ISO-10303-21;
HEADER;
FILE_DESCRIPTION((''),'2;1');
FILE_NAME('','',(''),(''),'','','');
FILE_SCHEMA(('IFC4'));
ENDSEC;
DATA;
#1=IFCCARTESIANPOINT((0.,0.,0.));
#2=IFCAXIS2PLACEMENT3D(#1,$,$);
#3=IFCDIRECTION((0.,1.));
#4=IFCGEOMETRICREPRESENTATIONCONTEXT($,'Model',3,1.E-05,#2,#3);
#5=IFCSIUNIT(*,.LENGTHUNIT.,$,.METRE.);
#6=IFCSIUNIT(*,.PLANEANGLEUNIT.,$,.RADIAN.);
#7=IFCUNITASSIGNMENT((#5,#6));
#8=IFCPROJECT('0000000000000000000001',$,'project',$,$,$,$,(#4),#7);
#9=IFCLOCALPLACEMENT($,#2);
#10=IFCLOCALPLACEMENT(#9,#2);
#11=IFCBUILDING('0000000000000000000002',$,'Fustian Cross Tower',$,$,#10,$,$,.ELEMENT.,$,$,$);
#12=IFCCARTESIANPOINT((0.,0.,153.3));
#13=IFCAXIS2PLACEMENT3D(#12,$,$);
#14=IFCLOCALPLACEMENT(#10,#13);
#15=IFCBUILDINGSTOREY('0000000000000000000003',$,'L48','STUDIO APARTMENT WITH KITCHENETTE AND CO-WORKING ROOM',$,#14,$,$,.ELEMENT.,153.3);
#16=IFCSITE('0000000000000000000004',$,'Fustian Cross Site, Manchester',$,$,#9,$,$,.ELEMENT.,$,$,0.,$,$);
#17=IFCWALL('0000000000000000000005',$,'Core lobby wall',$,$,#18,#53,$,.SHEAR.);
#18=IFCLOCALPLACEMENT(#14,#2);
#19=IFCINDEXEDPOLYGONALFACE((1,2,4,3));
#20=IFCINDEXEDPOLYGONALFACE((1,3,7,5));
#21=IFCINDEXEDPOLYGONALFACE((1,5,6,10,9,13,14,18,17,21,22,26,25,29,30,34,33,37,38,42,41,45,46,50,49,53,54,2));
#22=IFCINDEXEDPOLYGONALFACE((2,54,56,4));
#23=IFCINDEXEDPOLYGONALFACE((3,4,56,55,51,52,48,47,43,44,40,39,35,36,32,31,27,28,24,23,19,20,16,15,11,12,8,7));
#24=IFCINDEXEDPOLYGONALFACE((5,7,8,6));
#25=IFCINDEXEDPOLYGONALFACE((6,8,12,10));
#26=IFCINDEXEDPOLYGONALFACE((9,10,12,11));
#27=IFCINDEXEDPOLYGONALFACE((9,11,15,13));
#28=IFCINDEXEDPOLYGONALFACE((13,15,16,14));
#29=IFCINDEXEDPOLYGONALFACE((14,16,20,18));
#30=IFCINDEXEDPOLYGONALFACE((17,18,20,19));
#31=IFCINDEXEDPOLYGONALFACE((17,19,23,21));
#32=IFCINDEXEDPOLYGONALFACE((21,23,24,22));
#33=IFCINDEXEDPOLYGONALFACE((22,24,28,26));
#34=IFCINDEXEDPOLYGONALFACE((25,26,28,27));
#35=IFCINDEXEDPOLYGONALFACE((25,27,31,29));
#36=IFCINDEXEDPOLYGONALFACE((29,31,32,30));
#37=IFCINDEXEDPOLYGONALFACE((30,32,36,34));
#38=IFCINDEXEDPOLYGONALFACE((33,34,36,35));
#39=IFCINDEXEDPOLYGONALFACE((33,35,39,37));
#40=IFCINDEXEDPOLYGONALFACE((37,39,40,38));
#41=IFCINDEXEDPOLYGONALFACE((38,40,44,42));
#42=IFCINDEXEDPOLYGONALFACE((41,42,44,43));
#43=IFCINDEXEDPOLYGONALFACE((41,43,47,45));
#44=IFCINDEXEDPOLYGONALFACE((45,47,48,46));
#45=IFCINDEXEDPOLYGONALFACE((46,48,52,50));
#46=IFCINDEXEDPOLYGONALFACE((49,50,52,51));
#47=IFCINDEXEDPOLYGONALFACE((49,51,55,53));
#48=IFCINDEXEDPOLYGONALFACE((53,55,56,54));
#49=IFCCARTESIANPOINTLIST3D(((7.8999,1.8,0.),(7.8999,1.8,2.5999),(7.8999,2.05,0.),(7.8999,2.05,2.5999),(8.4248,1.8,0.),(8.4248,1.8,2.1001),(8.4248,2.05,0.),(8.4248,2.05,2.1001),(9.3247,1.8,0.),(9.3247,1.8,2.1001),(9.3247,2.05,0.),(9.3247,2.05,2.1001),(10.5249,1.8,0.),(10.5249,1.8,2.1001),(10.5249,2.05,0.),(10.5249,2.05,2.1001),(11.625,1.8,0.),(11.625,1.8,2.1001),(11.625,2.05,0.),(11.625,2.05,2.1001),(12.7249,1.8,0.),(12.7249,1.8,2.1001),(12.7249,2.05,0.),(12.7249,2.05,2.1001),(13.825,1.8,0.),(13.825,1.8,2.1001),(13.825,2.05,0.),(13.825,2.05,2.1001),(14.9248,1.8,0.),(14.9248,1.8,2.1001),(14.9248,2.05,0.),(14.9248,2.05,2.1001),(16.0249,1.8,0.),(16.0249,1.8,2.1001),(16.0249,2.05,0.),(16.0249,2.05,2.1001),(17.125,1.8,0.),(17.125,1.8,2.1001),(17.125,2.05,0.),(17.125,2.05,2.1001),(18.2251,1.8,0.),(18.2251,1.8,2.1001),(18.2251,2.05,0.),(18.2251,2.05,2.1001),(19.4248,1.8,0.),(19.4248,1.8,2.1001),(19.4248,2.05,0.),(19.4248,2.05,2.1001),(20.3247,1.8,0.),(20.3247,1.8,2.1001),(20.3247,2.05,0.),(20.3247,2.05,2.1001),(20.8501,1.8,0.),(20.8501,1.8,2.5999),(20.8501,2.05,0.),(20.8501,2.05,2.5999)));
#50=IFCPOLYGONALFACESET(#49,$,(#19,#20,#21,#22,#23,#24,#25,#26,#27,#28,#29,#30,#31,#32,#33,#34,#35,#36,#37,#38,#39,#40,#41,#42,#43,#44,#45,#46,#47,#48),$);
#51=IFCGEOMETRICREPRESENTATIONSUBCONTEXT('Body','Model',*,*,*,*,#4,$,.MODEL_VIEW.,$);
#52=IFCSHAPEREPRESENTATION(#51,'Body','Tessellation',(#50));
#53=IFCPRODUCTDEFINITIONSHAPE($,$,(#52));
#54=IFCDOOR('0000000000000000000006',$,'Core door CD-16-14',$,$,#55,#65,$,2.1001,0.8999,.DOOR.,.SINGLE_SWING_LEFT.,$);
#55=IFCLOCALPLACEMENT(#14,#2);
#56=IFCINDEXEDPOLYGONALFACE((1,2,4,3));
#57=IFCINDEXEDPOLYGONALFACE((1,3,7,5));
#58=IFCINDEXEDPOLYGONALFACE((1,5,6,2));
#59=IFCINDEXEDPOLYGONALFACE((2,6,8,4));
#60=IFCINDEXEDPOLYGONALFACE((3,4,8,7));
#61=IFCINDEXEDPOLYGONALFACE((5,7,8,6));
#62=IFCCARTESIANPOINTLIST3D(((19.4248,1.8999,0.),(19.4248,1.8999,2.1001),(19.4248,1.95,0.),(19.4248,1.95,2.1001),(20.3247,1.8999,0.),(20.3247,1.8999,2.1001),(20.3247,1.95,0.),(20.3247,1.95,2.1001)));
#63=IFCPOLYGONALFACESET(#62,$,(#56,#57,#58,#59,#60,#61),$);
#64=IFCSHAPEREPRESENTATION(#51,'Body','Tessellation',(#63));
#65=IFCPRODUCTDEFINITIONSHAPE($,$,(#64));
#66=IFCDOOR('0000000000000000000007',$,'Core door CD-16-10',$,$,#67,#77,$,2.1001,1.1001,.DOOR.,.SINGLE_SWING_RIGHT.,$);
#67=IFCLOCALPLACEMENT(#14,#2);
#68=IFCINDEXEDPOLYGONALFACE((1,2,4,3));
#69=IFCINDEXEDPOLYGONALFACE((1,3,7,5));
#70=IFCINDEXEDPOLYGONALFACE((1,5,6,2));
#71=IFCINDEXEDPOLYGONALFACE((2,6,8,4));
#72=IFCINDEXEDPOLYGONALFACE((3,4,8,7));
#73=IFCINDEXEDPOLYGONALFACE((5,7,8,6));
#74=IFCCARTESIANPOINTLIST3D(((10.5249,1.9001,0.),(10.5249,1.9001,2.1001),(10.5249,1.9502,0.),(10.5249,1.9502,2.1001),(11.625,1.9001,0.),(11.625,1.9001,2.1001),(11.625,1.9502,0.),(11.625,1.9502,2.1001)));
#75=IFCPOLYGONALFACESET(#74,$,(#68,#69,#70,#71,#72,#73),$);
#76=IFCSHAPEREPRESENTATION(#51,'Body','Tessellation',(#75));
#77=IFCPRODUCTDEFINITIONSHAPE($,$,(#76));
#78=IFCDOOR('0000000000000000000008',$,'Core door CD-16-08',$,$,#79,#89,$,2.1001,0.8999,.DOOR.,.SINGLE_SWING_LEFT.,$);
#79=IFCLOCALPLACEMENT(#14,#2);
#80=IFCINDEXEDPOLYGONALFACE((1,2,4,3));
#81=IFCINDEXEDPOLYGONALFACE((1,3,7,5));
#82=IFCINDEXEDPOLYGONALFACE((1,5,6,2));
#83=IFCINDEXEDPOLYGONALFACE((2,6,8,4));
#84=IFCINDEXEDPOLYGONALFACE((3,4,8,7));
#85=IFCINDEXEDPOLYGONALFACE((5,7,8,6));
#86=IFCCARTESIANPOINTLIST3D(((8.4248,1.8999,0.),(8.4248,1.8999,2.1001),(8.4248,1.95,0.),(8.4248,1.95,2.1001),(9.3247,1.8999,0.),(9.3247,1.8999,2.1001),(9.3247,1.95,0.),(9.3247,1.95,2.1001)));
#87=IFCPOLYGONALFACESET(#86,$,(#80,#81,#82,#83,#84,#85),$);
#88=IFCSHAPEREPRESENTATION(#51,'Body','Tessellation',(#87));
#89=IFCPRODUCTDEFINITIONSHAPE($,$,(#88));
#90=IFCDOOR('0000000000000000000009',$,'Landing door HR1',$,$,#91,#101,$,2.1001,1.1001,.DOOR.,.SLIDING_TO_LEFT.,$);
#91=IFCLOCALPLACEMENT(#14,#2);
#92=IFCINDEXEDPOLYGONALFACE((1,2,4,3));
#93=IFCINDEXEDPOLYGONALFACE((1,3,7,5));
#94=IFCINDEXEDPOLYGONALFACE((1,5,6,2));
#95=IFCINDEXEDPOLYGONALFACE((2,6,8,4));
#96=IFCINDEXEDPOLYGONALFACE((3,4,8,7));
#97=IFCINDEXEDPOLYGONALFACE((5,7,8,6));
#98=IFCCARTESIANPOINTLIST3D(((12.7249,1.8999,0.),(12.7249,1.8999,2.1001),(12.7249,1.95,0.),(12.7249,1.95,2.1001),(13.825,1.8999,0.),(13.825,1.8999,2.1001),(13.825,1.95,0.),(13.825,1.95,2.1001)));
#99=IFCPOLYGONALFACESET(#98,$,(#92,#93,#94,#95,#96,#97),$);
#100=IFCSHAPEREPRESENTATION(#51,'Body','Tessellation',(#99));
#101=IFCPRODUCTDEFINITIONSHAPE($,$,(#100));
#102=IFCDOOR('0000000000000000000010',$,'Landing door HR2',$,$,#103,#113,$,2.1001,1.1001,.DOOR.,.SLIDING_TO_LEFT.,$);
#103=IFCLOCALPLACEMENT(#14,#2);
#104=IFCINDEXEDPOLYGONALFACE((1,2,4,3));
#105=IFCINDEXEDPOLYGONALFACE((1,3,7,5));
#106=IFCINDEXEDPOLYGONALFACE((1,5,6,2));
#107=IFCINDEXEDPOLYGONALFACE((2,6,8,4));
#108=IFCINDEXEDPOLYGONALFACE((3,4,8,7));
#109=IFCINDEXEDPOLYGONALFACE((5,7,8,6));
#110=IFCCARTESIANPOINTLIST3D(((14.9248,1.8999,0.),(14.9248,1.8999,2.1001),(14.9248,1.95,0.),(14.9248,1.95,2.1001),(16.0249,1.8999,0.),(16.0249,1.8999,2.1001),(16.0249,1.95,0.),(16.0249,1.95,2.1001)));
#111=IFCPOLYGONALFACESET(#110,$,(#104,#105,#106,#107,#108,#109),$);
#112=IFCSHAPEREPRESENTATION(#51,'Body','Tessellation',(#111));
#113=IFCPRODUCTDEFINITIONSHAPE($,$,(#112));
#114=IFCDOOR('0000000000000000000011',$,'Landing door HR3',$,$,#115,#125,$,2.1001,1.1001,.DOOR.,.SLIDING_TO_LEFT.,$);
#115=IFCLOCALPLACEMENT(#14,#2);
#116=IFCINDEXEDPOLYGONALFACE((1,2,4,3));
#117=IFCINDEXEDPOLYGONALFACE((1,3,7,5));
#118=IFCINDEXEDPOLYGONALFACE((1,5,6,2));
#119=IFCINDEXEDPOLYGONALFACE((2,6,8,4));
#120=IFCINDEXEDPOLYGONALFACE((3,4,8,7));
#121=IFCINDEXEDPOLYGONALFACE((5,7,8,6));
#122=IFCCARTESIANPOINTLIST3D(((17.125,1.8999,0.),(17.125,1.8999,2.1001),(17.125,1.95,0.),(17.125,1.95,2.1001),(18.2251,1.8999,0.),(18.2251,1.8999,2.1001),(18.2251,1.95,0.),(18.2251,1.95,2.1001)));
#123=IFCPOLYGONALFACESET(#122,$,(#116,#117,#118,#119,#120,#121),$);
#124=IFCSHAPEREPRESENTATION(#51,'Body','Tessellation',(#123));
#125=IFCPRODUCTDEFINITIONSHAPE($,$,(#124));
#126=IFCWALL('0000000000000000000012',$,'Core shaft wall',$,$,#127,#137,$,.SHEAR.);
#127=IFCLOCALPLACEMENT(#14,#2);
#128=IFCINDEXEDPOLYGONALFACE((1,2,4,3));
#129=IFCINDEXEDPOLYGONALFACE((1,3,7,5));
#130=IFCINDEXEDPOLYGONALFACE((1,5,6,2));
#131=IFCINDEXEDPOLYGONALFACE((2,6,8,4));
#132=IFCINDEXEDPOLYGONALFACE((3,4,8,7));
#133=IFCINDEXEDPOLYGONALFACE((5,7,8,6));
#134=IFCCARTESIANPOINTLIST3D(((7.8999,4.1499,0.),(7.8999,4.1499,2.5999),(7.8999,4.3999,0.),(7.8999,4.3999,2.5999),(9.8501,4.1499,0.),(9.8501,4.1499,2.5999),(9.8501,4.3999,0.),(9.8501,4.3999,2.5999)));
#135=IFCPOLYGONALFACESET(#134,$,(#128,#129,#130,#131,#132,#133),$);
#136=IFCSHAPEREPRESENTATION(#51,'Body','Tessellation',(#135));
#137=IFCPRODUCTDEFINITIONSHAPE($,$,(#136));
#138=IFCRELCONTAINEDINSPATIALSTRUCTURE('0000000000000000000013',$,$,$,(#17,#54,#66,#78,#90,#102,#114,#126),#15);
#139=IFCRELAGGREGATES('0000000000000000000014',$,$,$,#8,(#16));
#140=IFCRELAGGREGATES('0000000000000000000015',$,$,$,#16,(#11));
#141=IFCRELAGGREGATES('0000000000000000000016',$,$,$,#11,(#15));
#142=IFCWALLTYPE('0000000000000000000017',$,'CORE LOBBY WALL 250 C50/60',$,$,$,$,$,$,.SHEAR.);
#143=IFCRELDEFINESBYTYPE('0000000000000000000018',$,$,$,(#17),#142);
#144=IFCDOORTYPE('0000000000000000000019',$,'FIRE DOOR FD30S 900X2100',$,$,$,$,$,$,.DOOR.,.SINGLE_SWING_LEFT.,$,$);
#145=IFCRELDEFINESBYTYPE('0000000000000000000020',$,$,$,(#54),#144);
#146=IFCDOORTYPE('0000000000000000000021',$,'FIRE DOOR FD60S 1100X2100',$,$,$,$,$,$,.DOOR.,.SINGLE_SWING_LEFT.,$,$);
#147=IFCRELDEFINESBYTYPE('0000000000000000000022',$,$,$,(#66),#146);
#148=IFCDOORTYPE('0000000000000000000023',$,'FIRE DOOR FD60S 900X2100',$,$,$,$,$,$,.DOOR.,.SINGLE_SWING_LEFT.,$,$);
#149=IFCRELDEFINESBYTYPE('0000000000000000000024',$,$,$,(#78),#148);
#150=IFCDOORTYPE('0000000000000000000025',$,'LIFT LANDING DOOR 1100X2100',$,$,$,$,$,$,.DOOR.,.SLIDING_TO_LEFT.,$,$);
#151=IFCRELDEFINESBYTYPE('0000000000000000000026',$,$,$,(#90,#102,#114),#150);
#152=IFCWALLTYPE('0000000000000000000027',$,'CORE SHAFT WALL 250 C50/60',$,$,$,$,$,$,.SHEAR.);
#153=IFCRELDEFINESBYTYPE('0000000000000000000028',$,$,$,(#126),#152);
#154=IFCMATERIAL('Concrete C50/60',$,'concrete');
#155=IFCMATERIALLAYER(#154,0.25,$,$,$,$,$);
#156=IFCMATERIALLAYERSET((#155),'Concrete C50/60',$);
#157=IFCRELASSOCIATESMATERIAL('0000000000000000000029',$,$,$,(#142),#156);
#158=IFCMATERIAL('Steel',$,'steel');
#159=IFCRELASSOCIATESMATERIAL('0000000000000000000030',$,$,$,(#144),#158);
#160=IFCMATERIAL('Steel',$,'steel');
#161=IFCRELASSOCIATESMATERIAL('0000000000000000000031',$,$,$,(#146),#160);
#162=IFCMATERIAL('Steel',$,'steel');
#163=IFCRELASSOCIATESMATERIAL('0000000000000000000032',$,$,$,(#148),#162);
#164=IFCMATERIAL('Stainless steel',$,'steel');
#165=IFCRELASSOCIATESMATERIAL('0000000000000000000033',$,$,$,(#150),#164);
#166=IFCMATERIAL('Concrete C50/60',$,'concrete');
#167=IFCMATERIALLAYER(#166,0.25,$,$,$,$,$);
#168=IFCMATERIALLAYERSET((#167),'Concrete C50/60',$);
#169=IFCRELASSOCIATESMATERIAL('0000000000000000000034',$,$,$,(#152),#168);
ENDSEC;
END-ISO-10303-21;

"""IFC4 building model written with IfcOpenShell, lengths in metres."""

from ifc_helpers import new_model, si_unit, direction, frame, frame_2d, origin, place, context, subcontext, project, spatial, rectangle, extrude, material, layer, layer_set, type_object, element, fill, save


model = new_model("IFC4")

# Units and contexts
model_context = context("Model", 3, precision=1e-05, world=origin(), true_north=direction((0.0, 1.0)))
body_context = subcontext(model_context, "Body", "Model", "MODEL_VIEW")
ifc_project = project(units=[si_unit("LENGTHUNIT", "METRE"), si_unit("PLANEANGLEUNIT", "RADIAN")], contexts=[model_context])

# Site, building, storey
site_placement = place(None, origin())
site = spatial("IfcSite", under=ifc_project, at=site_placement, Name="Fustian Cross Site, Manchester", CompositionType="ELEMENT", RefElevation=0.0)
building_placement = place(site_placement, origin())
building = spatial("IfcBuilding", under=site, at=building_placement, Name="Fustian Cross Tower", CompositionType="ELEMENT")
storey_placement = place(building_placement, frame((0.0, 0.0, 153.3)))
storey = spatial("IfcBuildingStorey", under=building, at=storey_placement, Name="L48", Description="STUDIO APARTMENT WITH KITCHENETTE AND CO-WORKING ROOM", CompositionType="ELEMENT", Elevation=153.3)

# Wall, openings, doors
ifc_material_1 = material(Name="Concrete C50/60", Category="concrete")
ifc_layer_1 = layer(ifc_material_1, 0.25)
ifc_layer_set_1 = layer_set([ifc_layer_1], Name="Concrete C50/60")
wall_type_1 = type_object("IfcWallType", Name="CORE LOBBY WALL 250 C50/60", PredefinedType="SHEAR", material=ifc_layer_set_1)
wall_1_placement = place(storey_placement, frame((7.8999, 1.925, 0.0), z_axis=(0.0, 0.0, 1.0), x_axis=(1.0, 0.0, 0.0)))
wall_1 = element("IfcWall", 1, at=wall_1_placement, inside=storey, type_object=wall_type_1, Name="Core lobby wall", PredefinedType="SHEAR", context=body_context, shape_type="SweptSolid", body=[
    extrude(rectangle(XDim=12.9502, YDim=0.25, at=frame_2d((6.4751, 0.0))), origin(), (0.0, 0.0, 1.0), 2.5999),
])
opening_1_placement = place(wall_1_placement, frame((4.825, 0.0, 0.0)))
opening_1 = element("IfcOpeningElement", 2, at=opening_1_placement, cuts=wall_1, PredefinedType="OPENING", context=body_context, shape_type="SweptSolid", body=[
    extrude(rectangle(XDim=1.1001, YDim=2.1001, at=frame_2d((0.55, 1.05))), frame((0.0, 0.135, 0.0), z_axis=(0.0, -1.0, 0.0), x_axis=(1.0, 0.0, 0.0)), (0.0, 0.0, 1.0), 0.27),
])
opening_2_placement = place(wall_1_placement, frame((7.0249, 0.0, 0.0)))
opening_2 = element("IfcOpeningElement", 3, at=opening_2_placement, cuts=wall_1, PredefinedType="OPENING", context=body_context, shape_type="SweptSolid", body=[
    extrude(rectangle(XDim=1.1001, YDim=2.1001, at=frame_2d((0.55, 1.05))), frame((0.0, 0.135, 0.0), z_axis=(0.0, -1.0, 0.0), x_axis=(1.0, 0.0, 0.0)), (0.0, 0.0, 1.0), 0.27),
])
opening_3_placement = place(wall_1_placement, frame((9.2251, 0.0, 0.0)))
opening_3 = element("IfcOpeningElement", 4, at=opening_3_placement, cuts=wall_1, PredefinedType="OPENING", context=body_context, shape_type="SweptSolid", body=[
    extrude(rectangle(XDim=1.1001, YDim=2.1001, at=frame_2d((0.55, 1.05))), frame((0.0, 0.135, 0.0), z_axis=(0.0, -1.0, 0.0), x_axis=(1.0, 0.0, 0.0)), (0.0, 0.0, 1.0), 0.27),
])
opening_4_placement = place(wall_1_placement, frame((0.5249, 0.0, 0.0)))
opening_4 = element("IfcOpeningElement", 5, at=opening_4_placement, cuts=wall_1, PredefinedType="OPENING", context=body_context, shape_type="SweptSolid", body=[
    extrude(rectangle(XDim=0.8999, YDim=2.1001, at=frame_2d((0.45, 1.05))), frame((0.0, 0.135, 0.0), z_axis=(0.0, -1.0, 0.0), x_axis=(1.0, 0.0, 0.0)), (0.0, 0.0, 1.0), 0.27),
])
opening_5_placement = place(wall_1_placement, frame((2.625, 0.0, 0.0)))
opening_5 = element("IfcOpeningElement", 6, at=opening_5_placement, cuts=wall_1, PredefinedType="OPENING", context=body_context, shape_type="SweptSolid", body=[
    extrude(rectangle(XDim=1.1001, YDim=2.1001, at=frame_2d((0.55, 1.05))), frame((0.0, 0.135, 0.0), z_axis=(0.0, -1.0, 0.0), x_axis=(1.0, 0.0, 0.0)), (0.0, 0.0, 1.0), 0.27),
])
opening_6_placement = place(wall_1_placement, frame((11.5249, 0.0, 0.0)))
opening_6 = element("IfcOpeningElement", 7, at=opening_6_placement, cuts=wall_1, PredefinedType="OPENING", context=body_context, shape_type="SweptSolid", body=[
    extrude(rectangle(XDim=0.8999, YDim=2.1001, at=frame_2d((0.45, 1.05))), frame((0.0, 0.135, 0.0), z_axis=(0.0, -1.0, 0.0), x_axis=(1.0, 0.0, 0.0)), (0.0, 0.0, 1.0), 0.27),
])
ifc_material_2 = material(Name="Steel", Category="steel")
door_type_1 = type_object("IfcDoorType", Name="FIRE DOOR FD30S 900X2100", OperationType="SINGLE_SWING_LEFT", PredefinedType="DOOR", material=ifc_material_2)
door_1_placement = place(opening_6_placement, origin())
door_1 = element("IfcDoor", 8, at=door_1_placement, inside=storey, type_object=door_type_1, Name="Core door CD-16-14", OperationType="SINGLE_SWING_LEFT", OverallHeight=2.1001, OverallWidth=0.8999, PredefinedType="DOOR", context=body_context, shape_type="SweptSolid", body=[
    extrude(rectangle(XDim=0.8999, YDim=2.1001, at=frame_2d((0.45, 1.05))), frame((0.0, 0.0249, 0.0), z_axis=(0.0, -1.0, 0.0), x_axis=(1.0, 0.0, 0.0)), (0.0, 0.0, 1.0), 0.05),
])
fill(opening_6, door_1)
ifc_material_3 = material(Name="Steel", Category="steel")
door_type_2 = type_object("IfcDoorType", Name="FIRE DOOR FD60S 1100X2100", OperationType="SINGLE_SWING_LEFT", PredefinedType="DOOR", material=ifc_material_3)
door_2_placement = place(opening_5_placement, frame((1.1001, 0.0, 0.0), z_axis=(0.0, 0.0, 1.0), x_axis=(-1.0, 0.0, 0.0)))
door_2 = element("IfcDoor", 9, at=door_2_placement, inside=storey, type_object=door_type_2, Name="Core door CD-16-10", OperationType="SINGLE_SWING_RIGHT", OverallHeight=2.1001, OverallWidth=1.1001, PredefinedType="DOOR", context=body_context, shape_type="SweptSolid", body=[
    extrude(rectangle(XDim=1.1001, YDim=2.1001, at=frame_2d((0.55, 1.05))), frame((0.0, 0.0249, 0.0), z_axis=(0.0, -1.0, 0.0), x_axis=(1.0, 0.0, 0.0)), (0.0, 0.0, 1.0), 0.05),
])
fill(opening_5, door_2)
ifc_material_4 = material(Name="Steel", Category="steel")
door_type_3 = type_object("IfcDoorType", Name="FIRE DOOR FD60S 900X2100", OperationType="SINGLE_SWING_LEFT", PredefinedType="DOOR", material=ifc_material_4)
door_3_placement = place(opening_4_placement, origin())
door_3 = element("IfcDoor", 10, at=door_3_placement, inside=storey, type_object=door_type_3, Name="Core door CD-16-08", OperationType="SINGLE_SWING_LEFT", OverallHeight=2.1001, OverallWidth=0.8999, PredefinedType="DOOR", context=body_context, shape_type="SweptSolid", body=[
    extrude(rectangle(XDim=0.8999, YDim=2.1001, at=frame_2d((0.45, 1.05))), frame((0.0, 0.0249, 0.0), z_axis=(0.0, -1.0, 0.0), x_axis=(1.0, 0.0, 0.0)), (0.0, 0.0, 1.0), 0.05),
])
fill(opening_4, door_3)
ifc_material_5 = material(Name="Stainless steel", Category="steel")
door_type_4 = type_object("IfcDoorType", Name="LIFT LANDING DOOR 1100X2100", OperationType="SLIDING_TO_LEFT", PredefinedType="DOOR", material=ifc_material_5)
door_4_placement = place(opening_1_placement, origin())
door_4 = element("IfcDoor", 11, at=door_4_placement, inside=storey, type_object=door_type_4, Name="Landing door HR1", OperationType="SLIDING_TO_LEFT", OverallHeight=2.1001, OverallWidth=1.1001, PredefinedType="DOOR", context=body_context, shape_type="SweptSolid", body=[
    extrude(rectangle(XDim=1.1001, YDim=2.1001, at=frame_2d((0.55, 1.05))), frame((0.0, 0.0249, 0.0), z_axis=(0.0, -1.0, 0.0), x_axis=(1.0, 0.0, 0.0)), (0.0, 0.0, 1.0), 0.05),
])
fill(opening_1, door_4)
door_5_placement = place(opening_2_placement, origin())
door_5 = element("IfcDoor", 12, at=door_5_placement, inside=storey, type_object=door_type_4, Name="Landing door HR2", OperationType="SLIDING_TO_LEFT", OverallHeight=2.1001, OverallWidth=1.1001, PredefinedType="DOOR", context=body_context, shape_type="SweptSolid", body=[
    extrude(rectangle(XDim=1.1001, YDim=2.1001, at=frame_2d((0.55, 1.05))), frame((0.0, 0.0249, 0.0), z_axis=(0.0, -1.0, 0.0), x_axis=(1.0, 0.0, 0.0)), (0.0, 0.0, 1.0), 0.05),
])
fill(opening_2, door_5)
door_6_placement = place(opening_3_placement, origin())
door_6 = element("IfcDoor", 13, at=door_6_placement, inside=storey, type_object=door_type_4, Name="Landing door HR3", OperationType="SLIDING_TO_LEFT", OverallHeight=2.1001, OverallWidth=1.1001, PredefinedType="DOOR", context=body_context, shape_type="SweptSolid", body=[
    extrude(rectangle(XDim=1.1001, YDim=2.1001, at=frame_2d((0.55, 1.05))), frame((0.0, 0.0249, 0.0), z_axis=(0.0, -1.0, 0.0), x_axis=(1.0, 0.0, 0.0)), (0.0, 0.0, 1.0), 0.05),
])
fill(opening_3, door_6)

# Wall
ifc_material_6 = material(Name="Concrete C50/60", Category="concrete")
ifc_layer_2 = layer(ifc_material_6, 0.25)
ifc_layer_set_2 = layer_set([ifc_layer_2], Name="Concrete C50/60")
wall_type_2 = type_object("IfcWallType", Name="CORE SHAFT WALL 250 C50/60", PredefinedType="SHEAR", material=ifc_layer_set_2)
wall_2_placement = place(storey_placement, frame((7.8999, 4.2749, 0.0), z_axis=(0.0, 0.0, 1.0), x_axis=(1.0, 0.0, 0.0)))
element("IfcWall", 14, at=wall_2_placement, inside=storey, type_object=wall_type_2, Name="Core shaft wall", PredefinedType="SHEAR", context=body_context, shape_type="SweptSolid", body=[
    extrude(rectangle(XDim=1.9502, YDim=0.25, at=frame_2d((0.9751, 0.0))), origin(), (0.0, 0.0, 1.0), 2.5999),
])

save(model, "model.ifc")
